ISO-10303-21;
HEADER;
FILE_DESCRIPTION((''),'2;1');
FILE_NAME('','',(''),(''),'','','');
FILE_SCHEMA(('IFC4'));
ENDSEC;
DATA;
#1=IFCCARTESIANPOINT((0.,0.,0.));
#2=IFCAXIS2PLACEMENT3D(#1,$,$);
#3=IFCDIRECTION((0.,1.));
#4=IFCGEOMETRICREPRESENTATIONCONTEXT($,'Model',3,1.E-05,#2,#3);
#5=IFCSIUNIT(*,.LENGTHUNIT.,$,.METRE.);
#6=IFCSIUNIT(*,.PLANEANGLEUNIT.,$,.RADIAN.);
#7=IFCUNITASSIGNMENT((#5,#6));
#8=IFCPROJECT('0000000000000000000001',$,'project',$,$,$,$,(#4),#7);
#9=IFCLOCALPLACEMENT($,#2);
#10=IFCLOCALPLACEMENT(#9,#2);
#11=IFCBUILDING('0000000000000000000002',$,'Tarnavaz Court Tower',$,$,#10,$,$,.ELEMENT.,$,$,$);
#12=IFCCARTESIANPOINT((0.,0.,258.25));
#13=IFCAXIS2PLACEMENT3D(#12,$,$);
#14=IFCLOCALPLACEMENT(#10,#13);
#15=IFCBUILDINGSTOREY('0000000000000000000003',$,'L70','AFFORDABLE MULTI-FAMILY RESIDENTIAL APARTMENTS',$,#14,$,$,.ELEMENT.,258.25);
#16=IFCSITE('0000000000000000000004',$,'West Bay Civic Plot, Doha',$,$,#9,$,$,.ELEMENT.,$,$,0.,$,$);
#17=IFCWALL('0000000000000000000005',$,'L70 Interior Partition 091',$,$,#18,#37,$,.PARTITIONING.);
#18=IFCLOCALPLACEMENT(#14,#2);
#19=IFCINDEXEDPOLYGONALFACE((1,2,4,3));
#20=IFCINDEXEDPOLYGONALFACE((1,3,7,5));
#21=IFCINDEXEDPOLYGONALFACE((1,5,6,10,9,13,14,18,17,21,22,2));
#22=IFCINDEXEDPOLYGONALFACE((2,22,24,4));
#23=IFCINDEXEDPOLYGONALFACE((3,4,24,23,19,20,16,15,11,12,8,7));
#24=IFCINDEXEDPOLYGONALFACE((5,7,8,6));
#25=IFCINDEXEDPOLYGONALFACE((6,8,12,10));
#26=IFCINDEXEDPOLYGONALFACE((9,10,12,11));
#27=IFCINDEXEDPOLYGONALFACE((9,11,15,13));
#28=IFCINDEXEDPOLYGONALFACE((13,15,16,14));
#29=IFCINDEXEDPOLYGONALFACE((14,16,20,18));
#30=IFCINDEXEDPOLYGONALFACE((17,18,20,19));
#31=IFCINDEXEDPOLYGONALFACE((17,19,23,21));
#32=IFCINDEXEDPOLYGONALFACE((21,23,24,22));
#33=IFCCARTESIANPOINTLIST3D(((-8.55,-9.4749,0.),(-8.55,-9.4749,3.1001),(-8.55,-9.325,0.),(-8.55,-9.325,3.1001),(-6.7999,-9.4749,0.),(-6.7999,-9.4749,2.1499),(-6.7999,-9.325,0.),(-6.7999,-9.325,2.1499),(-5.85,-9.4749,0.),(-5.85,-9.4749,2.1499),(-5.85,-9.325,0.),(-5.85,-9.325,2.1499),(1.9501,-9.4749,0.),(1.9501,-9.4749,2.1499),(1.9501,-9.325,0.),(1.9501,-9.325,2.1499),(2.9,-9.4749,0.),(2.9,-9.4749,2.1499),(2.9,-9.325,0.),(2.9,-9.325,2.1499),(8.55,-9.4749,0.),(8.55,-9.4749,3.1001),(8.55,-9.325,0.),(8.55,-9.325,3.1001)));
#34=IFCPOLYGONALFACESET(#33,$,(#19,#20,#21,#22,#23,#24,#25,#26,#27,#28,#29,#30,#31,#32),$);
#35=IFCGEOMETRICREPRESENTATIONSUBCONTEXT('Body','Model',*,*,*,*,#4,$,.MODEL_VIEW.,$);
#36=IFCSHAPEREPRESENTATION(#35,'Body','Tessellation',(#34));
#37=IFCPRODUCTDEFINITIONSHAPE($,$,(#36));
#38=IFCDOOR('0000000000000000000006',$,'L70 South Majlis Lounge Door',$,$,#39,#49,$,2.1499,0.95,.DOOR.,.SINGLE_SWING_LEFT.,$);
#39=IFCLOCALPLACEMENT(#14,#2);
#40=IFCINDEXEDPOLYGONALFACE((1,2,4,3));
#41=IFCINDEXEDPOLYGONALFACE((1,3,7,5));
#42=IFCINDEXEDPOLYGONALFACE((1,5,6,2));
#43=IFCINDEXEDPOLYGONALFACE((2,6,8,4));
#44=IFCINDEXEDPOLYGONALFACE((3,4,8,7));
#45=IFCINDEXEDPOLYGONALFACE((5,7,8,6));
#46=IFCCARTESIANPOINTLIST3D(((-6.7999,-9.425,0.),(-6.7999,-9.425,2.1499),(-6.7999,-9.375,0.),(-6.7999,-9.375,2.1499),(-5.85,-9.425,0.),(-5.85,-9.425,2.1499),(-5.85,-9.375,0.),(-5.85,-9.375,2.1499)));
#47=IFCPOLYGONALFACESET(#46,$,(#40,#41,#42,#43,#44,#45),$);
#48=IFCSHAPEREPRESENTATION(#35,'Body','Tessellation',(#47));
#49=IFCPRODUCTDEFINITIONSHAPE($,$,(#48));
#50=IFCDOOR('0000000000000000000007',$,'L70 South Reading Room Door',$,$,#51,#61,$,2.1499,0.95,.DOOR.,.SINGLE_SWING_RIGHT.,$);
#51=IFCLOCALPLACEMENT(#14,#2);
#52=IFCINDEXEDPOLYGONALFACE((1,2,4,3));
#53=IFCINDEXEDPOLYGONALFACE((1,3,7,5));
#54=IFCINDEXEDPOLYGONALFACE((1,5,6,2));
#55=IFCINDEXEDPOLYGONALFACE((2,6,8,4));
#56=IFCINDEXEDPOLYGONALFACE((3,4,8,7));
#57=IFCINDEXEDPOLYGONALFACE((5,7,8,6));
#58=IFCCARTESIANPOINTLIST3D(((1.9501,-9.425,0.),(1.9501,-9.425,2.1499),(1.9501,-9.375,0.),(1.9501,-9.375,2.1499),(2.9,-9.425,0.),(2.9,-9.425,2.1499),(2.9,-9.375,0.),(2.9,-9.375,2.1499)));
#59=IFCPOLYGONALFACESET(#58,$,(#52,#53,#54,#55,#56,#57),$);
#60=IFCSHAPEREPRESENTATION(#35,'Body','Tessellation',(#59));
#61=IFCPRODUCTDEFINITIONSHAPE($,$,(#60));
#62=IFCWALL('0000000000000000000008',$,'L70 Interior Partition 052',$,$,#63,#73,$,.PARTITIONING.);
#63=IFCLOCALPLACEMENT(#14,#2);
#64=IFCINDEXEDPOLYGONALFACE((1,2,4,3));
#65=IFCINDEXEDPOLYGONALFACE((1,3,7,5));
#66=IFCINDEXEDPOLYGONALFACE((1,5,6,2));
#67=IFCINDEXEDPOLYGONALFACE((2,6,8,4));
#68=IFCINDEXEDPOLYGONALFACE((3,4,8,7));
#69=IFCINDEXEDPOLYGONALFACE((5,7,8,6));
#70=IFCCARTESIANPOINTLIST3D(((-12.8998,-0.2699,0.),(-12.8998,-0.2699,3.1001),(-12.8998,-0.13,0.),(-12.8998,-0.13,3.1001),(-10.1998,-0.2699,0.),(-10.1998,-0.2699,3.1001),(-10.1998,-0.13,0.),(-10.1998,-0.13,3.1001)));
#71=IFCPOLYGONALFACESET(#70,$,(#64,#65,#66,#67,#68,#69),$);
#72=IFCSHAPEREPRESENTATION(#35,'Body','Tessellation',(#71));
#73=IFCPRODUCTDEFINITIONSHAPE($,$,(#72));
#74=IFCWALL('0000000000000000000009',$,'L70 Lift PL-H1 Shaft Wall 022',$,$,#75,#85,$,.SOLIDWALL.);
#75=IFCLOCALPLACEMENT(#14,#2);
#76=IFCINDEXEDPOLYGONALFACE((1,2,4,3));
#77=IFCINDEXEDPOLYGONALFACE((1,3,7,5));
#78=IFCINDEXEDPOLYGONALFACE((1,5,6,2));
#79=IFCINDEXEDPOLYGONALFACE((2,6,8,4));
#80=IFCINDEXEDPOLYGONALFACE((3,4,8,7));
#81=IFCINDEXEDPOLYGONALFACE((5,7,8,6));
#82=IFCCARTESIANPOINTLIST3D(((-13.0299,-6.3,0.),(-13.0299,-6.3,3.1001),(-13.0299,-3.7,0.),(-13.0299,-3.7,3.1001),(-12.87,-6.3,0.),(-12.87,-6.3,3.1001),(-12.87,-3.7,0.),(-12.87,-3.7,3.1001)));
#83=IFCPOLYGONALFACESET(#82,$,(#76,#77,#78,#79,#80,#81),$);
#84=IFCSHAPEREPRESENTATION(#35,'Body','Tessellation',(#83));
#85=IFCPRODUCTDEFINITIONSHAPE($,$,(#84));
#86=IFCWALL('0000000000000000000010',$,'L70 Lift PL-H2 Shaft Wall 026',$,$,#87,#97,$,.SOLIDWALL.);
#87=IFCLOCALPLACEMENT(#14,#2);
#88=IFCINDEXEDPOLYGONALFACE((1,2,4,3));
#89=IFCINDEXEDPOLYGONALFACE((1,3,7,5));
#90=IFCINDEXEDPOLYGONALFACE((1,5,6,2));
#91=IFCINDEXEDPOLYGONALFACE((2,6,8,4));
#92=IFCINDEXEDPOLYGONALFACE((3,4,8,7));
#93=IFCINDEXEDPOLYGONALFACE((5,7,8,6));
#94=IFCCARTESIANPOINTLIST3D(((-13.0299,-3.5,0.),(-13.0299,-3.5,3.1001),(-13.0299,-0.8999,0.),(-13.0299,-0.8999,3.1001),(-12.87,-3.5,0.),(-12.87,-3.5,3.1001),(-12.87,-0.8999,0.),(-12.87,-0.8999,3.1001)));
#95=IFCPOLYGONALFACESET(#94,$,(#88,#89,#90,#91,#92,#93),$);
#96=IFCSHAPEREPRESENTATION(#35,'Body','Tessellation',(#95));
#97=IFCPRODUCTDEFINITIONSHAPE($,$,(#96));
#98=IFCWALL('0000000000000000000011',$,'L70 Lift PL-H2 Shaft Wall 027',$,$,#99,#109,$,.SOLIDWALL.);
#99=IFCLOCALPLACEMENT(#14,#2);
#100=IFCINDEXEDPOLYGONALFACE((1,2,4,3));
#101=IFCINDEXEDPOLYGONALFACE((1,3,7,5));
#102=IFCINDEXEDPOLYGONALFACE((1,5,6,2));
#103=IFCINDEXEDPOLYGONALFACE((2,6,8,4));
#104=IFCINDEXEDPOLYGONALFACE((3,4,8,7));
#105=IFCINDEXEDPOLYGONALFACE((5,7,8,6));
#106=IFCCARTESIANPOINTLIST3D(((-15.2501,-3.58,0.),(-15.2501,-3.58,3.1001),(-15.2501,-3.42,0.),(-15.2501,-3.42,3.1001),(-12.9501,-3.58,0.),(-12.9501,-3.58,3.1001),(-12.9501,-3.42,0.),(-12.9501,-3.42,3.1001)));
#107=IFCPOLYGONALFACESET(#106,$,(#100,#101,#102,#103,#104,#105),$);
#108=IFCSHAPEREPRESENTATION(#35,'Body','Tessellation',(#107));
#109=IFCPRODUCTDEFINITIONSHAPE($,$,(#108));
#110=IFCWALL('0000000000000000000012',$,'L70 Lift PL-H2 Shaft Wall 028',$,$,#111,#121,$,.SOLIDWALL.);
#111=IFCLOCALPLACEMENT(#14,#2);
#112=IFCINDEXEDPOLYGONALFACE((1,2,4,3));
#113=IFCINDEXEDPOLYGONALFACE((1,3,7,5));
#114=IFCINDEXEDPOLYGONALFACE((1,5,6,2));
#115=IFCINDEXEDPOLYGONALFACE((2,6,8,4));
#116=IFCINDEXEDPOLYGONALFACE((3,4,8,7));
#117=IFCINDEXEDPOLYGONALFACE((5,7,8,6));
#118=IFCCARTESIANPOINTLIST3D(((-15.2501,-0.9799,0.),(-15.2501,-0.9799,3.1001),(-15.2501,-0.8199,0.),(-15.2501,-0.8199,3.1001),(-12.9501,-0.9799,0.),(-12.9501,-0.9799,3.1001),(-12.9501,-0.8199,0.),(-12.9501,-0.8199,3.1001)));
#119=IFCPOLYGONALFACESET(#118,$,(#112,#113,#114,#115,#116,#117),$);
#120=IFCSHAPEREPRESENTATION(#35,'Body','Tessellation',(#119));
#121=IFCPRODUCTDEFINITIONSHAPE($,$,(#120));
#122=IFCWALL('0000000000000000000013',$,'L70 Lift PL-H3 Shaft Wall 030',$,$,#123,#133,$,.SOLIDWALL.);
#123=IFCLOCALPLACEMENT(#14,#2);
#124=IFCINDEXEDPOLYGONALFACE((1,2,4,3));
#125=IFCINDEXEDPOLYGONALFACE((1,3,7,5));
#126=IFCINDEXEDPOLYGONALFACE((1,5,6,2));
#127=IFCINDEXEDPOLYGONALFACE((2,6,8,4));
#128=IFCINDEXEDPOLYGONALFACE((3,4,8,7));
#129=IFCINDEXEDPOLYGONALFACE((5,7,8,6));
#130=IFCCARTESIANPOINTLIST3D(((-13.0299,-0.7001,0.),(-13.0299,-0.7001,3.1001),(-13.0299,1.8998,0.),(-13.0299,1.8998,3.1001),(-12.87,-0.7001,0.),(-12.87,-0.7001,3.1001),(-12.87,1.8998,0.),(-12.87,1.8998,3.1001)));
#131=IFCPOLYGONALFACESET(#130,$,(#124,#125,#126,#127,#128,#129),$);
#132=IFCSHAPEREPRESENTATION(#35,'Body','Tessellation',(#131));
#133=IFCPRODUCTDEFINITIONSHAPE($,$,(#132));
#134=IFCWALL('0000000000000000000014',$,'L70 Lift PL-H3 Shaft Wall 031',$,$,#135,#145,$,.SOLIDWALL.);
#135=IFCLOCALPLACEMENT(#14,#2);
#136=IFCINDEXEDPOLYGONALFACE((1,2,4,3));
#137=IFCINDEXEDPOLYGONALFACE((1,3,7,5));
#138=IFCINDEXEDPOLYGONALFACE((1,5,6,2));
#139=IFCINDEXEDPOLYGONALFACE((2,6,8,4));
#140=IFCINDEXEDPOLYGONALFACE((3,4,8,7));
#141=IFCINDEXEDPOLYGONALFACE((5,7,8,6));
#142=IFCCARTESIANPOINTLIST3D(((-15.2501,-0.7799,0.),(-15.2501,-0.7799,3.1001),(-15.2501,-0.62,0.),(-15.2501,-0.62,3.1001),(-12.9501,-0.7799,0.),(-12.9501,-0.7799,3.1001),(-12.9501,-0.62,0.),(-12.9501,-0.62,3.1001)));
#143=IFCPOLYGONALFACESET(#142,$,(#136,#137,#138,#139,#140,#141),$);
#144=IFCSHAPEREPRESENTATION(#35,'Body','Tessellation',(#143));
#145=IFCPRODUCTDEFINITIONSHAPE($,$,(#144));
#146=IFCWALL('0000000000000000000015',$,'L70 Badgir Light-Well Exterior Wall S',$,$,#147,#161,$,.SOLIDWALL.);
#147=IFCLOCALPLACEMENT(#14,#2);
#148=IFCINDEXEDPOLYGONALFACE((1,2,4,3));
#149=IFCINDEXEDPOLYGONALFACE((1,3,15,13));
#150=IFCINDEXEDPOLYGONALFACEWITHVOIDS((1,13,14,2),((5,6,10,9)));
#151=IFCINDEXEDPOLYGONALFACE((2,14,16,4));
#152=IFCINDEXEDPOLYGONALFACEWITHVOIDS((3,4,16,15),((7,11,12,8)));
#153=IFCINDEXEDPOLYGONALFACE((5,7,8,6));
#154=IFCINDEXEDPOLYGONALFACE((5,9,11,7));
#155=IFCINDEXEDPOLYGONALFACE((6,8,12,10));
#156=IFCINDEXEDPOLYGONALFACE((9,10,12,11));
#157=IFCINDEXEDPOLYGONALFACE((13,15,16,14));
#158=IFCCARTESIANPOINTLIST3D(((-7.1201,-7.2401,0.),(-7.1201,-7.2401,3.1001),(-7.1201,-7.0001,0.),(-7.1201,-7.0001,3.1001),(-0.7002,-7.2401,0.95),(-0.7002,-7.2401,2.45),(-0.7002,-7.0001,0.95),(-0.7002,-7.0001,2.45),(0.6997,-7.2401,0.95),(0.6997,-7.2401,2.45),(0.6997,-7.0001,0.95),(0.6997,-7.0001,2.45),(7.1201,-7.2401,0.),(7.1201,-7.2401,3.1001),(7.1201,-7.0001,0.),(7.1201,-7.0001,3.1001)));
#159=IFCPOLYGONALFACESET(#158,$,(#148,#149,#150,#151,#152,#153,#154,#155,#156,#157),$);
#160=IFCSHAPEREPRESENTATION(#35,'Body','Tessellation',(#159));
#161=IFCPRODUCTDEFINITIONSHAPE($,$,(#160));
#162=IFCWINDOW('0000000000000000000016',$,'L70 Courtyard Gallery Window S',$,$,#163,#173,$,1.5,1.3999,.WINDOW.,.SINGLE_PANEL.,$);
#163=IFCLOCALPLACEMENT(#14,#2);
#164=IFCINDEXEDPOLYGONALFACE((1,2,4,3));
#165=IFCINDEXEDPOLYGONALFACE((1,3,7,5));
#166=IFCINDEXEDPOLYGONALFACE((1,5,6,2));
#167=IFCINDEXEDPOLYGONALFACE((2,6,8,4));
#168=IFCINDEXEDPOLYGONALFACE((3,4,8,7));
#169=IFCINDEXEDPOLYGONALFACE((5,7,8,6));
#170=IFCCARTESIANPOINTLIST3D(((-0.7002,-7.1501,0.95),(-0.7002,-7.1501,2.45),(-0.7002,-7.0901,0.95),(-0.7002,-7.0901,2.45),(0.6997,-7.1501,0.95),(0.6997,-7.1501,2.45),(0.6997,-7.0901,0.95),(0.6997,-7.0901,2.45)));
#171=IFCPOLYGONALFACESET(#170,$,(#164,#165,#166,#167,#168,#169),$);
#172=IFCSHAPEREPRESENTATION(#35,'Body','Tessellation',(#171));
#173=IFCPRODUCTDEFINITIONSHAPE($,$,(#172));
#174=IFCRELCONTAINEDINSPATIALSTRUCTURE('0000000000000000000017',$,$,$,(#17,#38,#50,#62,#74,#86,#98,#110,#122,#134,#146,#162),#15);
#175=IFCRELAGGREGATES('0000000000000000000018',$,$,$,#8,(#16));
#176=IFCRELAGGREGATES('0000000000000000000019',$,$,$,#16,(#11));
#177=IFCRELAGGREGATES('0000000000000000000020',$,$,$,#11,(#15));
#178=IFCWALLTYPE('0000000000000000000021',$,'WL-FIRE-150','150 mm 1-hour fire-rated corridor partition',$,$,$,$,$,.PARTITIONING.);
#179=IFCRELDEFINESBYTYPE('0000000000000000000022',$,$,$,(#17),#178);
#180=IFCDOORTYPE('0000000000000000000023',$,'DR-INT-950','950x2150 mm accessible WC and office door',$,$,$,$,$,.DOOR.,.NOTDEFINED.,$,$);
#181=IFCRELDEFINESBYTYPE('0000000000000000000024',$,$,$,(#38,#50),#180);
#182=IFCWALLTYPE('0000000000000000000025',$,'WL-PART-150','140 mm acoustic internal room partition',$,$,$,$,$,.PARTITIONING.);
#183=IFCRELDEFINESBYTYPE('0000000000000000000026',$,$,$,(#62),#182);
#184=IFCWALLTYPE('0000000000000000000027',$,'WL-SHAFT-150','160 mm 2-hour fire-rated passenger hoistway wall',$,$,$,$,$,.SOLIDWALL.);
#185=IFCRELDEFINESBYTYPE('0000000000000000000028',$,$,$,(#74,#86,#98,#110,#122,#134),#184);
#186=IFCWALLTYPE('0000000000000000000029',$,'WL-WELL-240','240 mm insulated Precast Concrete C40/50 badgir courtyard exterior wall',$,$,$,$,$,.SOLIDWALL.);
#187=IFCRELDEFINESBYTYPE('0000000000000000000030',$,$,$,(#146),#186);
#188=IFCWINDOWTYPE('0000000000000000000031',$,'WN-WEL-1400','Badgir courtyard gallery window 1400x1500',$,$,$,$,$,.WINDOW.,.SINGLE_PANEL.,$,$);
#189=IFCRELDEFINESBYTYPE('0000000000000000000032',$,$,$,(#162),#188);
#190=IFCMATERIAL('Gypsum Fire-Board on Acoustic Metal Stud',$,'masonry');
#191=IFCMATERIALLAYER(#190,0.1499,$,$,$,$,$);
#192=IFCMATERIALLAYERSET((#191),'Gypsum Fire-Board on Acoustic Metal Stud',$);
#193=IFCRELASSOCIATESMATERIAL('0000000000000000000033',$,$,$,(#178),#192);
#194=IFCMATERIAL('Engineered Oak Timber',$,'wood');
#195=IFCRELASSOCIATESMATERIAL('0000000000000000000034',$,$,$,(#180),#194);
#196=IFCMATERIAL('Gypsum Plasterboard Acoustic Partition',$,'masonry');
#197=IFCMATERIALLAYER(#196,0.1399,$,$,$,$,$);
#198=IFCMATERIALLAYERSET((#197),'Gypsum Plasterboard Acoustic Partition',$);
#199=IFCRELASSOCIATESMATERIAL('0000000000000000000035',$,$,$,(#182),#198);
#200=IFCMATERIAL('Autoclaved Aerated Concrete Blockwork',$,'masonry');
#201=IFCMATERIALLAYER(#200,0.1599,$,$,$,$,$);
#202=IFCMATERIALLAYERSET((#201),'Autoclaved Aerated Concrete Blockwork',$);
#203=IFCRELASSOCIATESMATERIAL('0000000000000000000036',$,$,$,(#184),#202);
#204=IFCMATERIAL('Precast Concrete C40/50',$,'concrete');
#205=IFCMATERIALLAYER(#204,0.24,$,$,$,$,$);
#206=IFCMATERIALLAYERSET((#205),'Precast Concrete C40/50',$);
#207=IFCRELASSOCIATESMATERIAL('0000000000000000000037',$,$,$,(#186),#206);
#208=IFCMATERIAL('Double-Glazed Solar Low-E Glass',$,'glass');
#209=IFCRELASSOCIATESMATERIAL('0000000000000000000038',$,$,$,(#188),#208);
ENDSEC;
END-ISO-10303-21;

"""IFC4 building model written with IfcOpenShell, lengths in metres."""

from ifc_helpers import new_model, si_unit, direction, frame, frame_2d, origin, place, context, subcontext, project, spatial, rectangle, extrude, material, layer, layer_set, type_object, element, fill, save


model = new_model("IFC4")

# Units and contexts
model_context = context("Model", 3, precision=1e-05, world=origin(), true_north=direction((0.0, 1.0)))
body_context = subcontext(model_context, "Body", "Model", "MODEL_VIEW")
ifc_project = project(units=[si_unit("LENGTHUNIT", "METRE"), si_unit("PLANEANGLEUNIT", "RADIAN")], contexts=[model_context])

# Site, building, storey
site_placement = place(None, origin())
site = spatial("IfcSite", under=ifc_project, at=site_placement, Name="West Bay Civic Plot, Doha", CompositionType="ELEMENT", RefElevation=0.0)
building_placement = place(site_placement, origin())
building = spatial("IfcBuilding", under=site, at=building_placement, Name="Tarnavaz Court Tower", CompositionType="ELEMENT")
storey_placement = place(building_placement, frame((0.0, 0.0, 258.25)))
storey = spatial("IfcBuildingStorey", under=building, at=storey_placement, Name="L70", Description="AFFORDABLE MULTI-FAMILY RESIDENTIAL APARTMENTS", CompositionType="ELEMENT", Elevation=258.25)

# Wall, openings, doors
ifc_material_1 = material(Name="Gypsum Fire-Board on Acoustic Metal Stud", Category="masonry")
ifc_layer_1 = layer(ifc_material_1, 0.1499)
ifc_layer_set_1 = layer_set([ifc_layer_1], Name="Gypsum Fire-Board on Acoustic Metal Stud")
wall_type_1 = type_object("IfcWallType", Name="WL-FIRE-150", Description="150 mm 1-hour fire-rated corridor partition", PredefinedType="PARTITIONING", material=ifc_layer_set_1)
wall_1_placement = place(storey_placement, frame((-8.55, -9.3999, 0.0), z_axis=(0.0, 0.0, 1.0), x_axis=(1.0, 0.0, 0.0)))
wall_1 = element("IfcWall", 1, at=wall_1_placement, inside=storey, type_object=wall_type_1, Name="L70 Interior Partition 091", PredefinedType="PARTITIONING", context=body_context, shape_type="SweptSolid", body=[
    extrude(rectangle(XDim=17.1001, YDim=0.1499, at=frame_2d((8.55, 0.0))), origin(), (0.0, 0.0, 1.0), 3.1001),
])
opening_1_placement = place(wall_1_placement, frame((1.75, 0.0, 0.0)))
opening_1 = element("IfcOpeningElement", 2, at=opening_1_placement, cuts=wall_1, PredefinedType="OPENING", context=body_context, shape_type="SweptSolid", body=[
    extrude(rectangle(XDim=0.95, YDim=2.1499, at=frame_2d((0.4751, 1.075))), frame((0.0, 0.085, 0.0), z_axis=(0.0, -1.0, 0.0), x_axis=(1.0, 0.0, 0.0)), (0.0, 0.0, 1.0), 0.1699),
])
opening_2_placement = place(wall_1_placement, frame((10.5, 0.0, 0.0)))
opening_2 = element("IfcOpeningElement", 3, at=opening_2_placement, cuts=wall_1, PredefinedType="OPENING", context=body_context, shape_type="SweptSolid", body=[
    extrude(rectangle(XDim=0.95, YDim=2.1499, at=frame_2d((0.4751, 1.075))), frame((0.0, 0.085, 0.0), z_axis=(0.0, -1.0, 0.0), x_axis=(1.0, 0.0, 0.0)), (0.0, 0.0, 1.0), 0.1699),
])
ifc_material_2 = material(Name="Engineered Oak Timber", Category="wood")
door_type_1 = type_object("IfcDoorType", Name="DR-INT-950", Description="950x2150 mm accessible WC and office door", OperationType="NOTDEFINED", PredefinedType="DOOR", material=ifc_material_2)
door_1_placement = place(opening_1_placement, origin())
door_1 = element("IfcDoor", 4, at=door_1_placement, inside=storey, type_object=door_type_1, Name="L70 South Majlis Lounge Door", OperationType="SINGLE_SWING_LEFT", OverallHeight=2.1499, OverallWidth=0.95, PredefinedType="DOOR", context=body_context, shape_type="SweptSolid", body=[
    extrude(rectangle(XDim=0.95, YDim=2.1499, at=frame_2d((0.4751, 1.075))), frame((0.0, 0.0249, 0.0), z_axis=(0.0, -1.0, 0.0), x_axis=(1.0, 0.0, 0.0)), (0.0, 0.0, 1.0), 0.05),
])
fill(opening_1, door_1)
door_2_placement = place(opening_2_placement, origin())
door_2 = element("IfcDoor", 5, at=door_2_placement, inside=storey, type_object=door_type_1, Name="L70 South Reading Room Door", OperationType="SINGLE_SWING_RIGHT", OverallHeight=2.1499, OverallWidth=0.95, PredefinedType="DOOR", context=body_context, shape_type="SweptSolid", body=[
    extrude(rectangle(XDim=0.95, YDim=2.1499, at=frame_2d((0.4751, 1.075))), frame((0.0, 0.0249, 0.0), z_axis=(0.0, -1.0, 0.0), x_axis=(1.0, 0.0, 0.0)), (0.0, 0.0, 1.0), 0.05),
])
fill(opening_2, door_2)
ifc_material_3 = material(Name="Gypsum Plasterboard Acoustic Partition", Category="masonry")
ifc_layer_2 = layer(ifc_material_3, 0.1399)
ifc_layer_set_2 = layer_set([ifc_layer_2], Name="Gypsum Plasterboard Acoustic Partition")
wall_type_2 = type_object("IfcWallType", Name="WL-PART-150", Description="140 mm acoustic internal room partition", PredefinedType="PARTITIONING", material=ifc_layer_set_2)

# Walls
wall_2_placement = place(storey_placement, frame((-12.8999, -0.2, 0.0), z_axis=(0.0, 0.0, 1.0), x_axis=(1.0, 0.0, 0.0)))
element("IfcWall", 6, at=wall_2_placement, inside=storey, type_object=wall_type_2, Name="L70 Interior Partition 052", PredefinedType="PARTITIONING", context=body_context, shape_type="SweptSolid", body=[
    extrude(rectangle(XDim=2.7, YDim=0.1399, at=frame_2d((1.3501, 0.0))), origin(), (0.0, 0.0, 1.0), 3.1001),
])
ifc_material_4 = material(Name="Autoclaved Aerated Concrete Blockwork", Category="masonry")
ifc_layer_3 = layer(ifc_material_4, 0.1599)
ifc_layer_set_3 = layer_set([ifc_layer_3], Name="Autoclaved Aerated Concrete Blockwork")
wall_type_3 = type_object("IfcWallType", Name="WL-SHAFT-150", Description="160 mm 2-hour fire-rated passenger hoistway wall", PredefinedType="SOLIDWALL", material=ifc_layer_set_3)
for number, where, z_axis, x_axis, name in (
    (7, (-12.95, -6.3, 0.0), (0.0, 0.0, 1.0), (0.0, 1.0, 0.0), "L70 Lift PL-H1 Shaft Wall 022"),
    (8, (-12.95, -3.5, 0.0), (0.0, 0.0, 1.0), (0.0, 1.0, 0.0), "L70 Lift PL-H2 Shaft Wall 026"),
):
    element("IfcWall", number, at=place(storey_placement, frame(where, z_axis=z_axis, x_axis=x_axis)), inside=storey, type_object=wall_type_3, Name=name, PredefinedType="SOLIDWALL", context=body_context, shape_type="SweptSolid", body=[
        extrude(rectangle(XDim=2.6001, YDim=0.1599, at=frame_2d((1.3, 0.0))), origin(), (0.0, 0.0, 1.0), 3.1001),
    ])
for number, where, z_axis, x_axis, name in (
    (9, (-15.25, -3.5, 0.0), (0.0, 0.0, 1.0), (1.0, 0.0, 0.0), "L70 Lift PL-H2 Shaft Wall 027"),
    (10, (-15.25, -0.8999, 0.0), (0.0, 0.0, 1.0), (1.0, 0.0, 0.0), "L70 Lift PL-H2 Shaft Wall 028"),
):
    element("IfcWall", number, at=place(storey_placement, frame(where, z_axis=z_axis, x_axis=x_axis)), inside=storey, type_object=wall_type_3, Name=name, PredefinedType="SOLIDWALL", context=body_context, shape_type="SweptSolid", body=[
        extrude(rectangle(XDim=2.3, YDim=0.1599, at=frame_2d((1.1499, 0.0))), origin(), (0.0, 0.0, 1.0), 3.1001),
    ])

# Walls
wall_3_placement = place(storey_placement, frame((-12.95, -0.7, 0.0), z_axis=(0.0, 0.0, 1.0), x_axis=(0.0, 1.0, 0.0)))
element("IfcWall", 11, at=wall_3_placement, inside=storey, type_object=wall_type_3, Name="L70 Lift PL-H3 Shaft Wall 030", PredefinedType="SOLIDWALL", context=body_context, shape_type="SweptSolid", body=[
    extrude(rectangle(XDim=2.5999, YDim=0.1599, at=frame_2d((1.2998, 0.0))), origin(), (0.0, 0.0, 1.0), 3.1001),
])
wall_4_placement = place(storey_placement, frame((-15.25, -0.7, 0.0), z_axis=(0.0, 0.0, 1.0), x_axis=(1.0, 0.0, 0.0)))
element("IfcWall", 12, at=wall_4_placement, inside=storey, type_object=wall_type_3, Name="L70 Lift PL-H3 Shaft Wall 031", PredefinedType="SOLIDWALL", context=body_context, shape_type="SweptSolid", body=[
    extrude(rectangle(XDim=2.3, YDim=0.1599, at=frame_2d((1.1499, 0.0))), origin(), (0.0, 0.0, 1.0), 3.1001),
])

# Wall, opening, window
ifc_material_5 = material(Name="Precast Concrete C40/50", Category="concrete")
ifc_layer_4 = layer(ifc_material_5, 0.24)
ifc_layer_set_4 = layer_set([ifc_layer_4], Name="Precast Concrete C40/50")
wall_type_4 = type_object("IfcWallType", Name="WL-WELL-240", Description="240 mm insulated Precast Concrete C40/50 badgir courtyard exterior wall", PredefinedType="SOLIDWALL", material=ifc_layer_set_4)
wall_5_placement = place(storey_placement, frame((-7.1201, -7.1201, 0.0), z_axis=(0.0, 0.0, 1.0), x_axis=(1.0, 0.0, 0.0)))
wall_5 = element("IfcWall", 13, at=wall_5_placement, inside=storey, type_object=wall_type_4, Name="L70 Badgir Light-Well Exterior Wall S", PredefinedType="SOLIDWALL", context=body_context, shape_type="SweptSolid", body=[
    extrude(rectangle(XDim=14.2402, YDim=0.24, at=frame_2d((7.1201, 0.0))), origin(), (0.0, 0.0, 1.0), 3.1001),
])
opening_3_placement = place(wall_5_placement, frame((6.4199, 0.0, 0.95)))
opening_3 = element("IfcOpeningElement", 14, at=opening_3_placement, cuts=wall_5, PredefinedType="OPENING", context=body_context, shape_type="SweptSolid", body=[
    extrude(rectangle(XDim=1.3999, YDim=1.5, at=frame_2d((0.7, 0.75))), frame((0.0, 0.1299, 0.0), z_axis=(0.0, -1.0, 0.0), x_axis=(1.0, 0.0, 0.0)), (0.0, 0.0, 1.0), 0.26),
])
ifc_material_6 = material(Name="Double-Glazed Solar Low-E Glass", Category="glass")
window_type = type_object("IfcWindowType", Name="WN-WEL-1400", Description="Badgir courtyard gallery window 1400x1500", PartitioningType="SINGLE_PANEL", PredefinedType="WINDOW", material=ifc_material_6)
window_placement = place(opening_3_placement, origin())
window = element("IfcWindow", 15, at=window_placement, inside=storey, type_object=window_type, Name="L70 Courtyard Gallery Window S", OverallHeight=1.5, OverallWidth=1.3999, PartitioningType="SINGLE_PANEL", PredefinedType="WINDOW", context=body_context, shape_type="SweptSolid", body=[
    extrude(rectangle(XDim=1.3999, YDim=1.5, at=frame_2d((0.7, 0.75))), frame((0.0, 0.03, 0.0), z_axis=(0.0, -1.0, 0.0), x_axis=(1.0, 0.0, 0.0)), (0.0, 0.0, 1.0), 0.0601),
])
fill(opening_3, window)

save(model, "model.ifc")
